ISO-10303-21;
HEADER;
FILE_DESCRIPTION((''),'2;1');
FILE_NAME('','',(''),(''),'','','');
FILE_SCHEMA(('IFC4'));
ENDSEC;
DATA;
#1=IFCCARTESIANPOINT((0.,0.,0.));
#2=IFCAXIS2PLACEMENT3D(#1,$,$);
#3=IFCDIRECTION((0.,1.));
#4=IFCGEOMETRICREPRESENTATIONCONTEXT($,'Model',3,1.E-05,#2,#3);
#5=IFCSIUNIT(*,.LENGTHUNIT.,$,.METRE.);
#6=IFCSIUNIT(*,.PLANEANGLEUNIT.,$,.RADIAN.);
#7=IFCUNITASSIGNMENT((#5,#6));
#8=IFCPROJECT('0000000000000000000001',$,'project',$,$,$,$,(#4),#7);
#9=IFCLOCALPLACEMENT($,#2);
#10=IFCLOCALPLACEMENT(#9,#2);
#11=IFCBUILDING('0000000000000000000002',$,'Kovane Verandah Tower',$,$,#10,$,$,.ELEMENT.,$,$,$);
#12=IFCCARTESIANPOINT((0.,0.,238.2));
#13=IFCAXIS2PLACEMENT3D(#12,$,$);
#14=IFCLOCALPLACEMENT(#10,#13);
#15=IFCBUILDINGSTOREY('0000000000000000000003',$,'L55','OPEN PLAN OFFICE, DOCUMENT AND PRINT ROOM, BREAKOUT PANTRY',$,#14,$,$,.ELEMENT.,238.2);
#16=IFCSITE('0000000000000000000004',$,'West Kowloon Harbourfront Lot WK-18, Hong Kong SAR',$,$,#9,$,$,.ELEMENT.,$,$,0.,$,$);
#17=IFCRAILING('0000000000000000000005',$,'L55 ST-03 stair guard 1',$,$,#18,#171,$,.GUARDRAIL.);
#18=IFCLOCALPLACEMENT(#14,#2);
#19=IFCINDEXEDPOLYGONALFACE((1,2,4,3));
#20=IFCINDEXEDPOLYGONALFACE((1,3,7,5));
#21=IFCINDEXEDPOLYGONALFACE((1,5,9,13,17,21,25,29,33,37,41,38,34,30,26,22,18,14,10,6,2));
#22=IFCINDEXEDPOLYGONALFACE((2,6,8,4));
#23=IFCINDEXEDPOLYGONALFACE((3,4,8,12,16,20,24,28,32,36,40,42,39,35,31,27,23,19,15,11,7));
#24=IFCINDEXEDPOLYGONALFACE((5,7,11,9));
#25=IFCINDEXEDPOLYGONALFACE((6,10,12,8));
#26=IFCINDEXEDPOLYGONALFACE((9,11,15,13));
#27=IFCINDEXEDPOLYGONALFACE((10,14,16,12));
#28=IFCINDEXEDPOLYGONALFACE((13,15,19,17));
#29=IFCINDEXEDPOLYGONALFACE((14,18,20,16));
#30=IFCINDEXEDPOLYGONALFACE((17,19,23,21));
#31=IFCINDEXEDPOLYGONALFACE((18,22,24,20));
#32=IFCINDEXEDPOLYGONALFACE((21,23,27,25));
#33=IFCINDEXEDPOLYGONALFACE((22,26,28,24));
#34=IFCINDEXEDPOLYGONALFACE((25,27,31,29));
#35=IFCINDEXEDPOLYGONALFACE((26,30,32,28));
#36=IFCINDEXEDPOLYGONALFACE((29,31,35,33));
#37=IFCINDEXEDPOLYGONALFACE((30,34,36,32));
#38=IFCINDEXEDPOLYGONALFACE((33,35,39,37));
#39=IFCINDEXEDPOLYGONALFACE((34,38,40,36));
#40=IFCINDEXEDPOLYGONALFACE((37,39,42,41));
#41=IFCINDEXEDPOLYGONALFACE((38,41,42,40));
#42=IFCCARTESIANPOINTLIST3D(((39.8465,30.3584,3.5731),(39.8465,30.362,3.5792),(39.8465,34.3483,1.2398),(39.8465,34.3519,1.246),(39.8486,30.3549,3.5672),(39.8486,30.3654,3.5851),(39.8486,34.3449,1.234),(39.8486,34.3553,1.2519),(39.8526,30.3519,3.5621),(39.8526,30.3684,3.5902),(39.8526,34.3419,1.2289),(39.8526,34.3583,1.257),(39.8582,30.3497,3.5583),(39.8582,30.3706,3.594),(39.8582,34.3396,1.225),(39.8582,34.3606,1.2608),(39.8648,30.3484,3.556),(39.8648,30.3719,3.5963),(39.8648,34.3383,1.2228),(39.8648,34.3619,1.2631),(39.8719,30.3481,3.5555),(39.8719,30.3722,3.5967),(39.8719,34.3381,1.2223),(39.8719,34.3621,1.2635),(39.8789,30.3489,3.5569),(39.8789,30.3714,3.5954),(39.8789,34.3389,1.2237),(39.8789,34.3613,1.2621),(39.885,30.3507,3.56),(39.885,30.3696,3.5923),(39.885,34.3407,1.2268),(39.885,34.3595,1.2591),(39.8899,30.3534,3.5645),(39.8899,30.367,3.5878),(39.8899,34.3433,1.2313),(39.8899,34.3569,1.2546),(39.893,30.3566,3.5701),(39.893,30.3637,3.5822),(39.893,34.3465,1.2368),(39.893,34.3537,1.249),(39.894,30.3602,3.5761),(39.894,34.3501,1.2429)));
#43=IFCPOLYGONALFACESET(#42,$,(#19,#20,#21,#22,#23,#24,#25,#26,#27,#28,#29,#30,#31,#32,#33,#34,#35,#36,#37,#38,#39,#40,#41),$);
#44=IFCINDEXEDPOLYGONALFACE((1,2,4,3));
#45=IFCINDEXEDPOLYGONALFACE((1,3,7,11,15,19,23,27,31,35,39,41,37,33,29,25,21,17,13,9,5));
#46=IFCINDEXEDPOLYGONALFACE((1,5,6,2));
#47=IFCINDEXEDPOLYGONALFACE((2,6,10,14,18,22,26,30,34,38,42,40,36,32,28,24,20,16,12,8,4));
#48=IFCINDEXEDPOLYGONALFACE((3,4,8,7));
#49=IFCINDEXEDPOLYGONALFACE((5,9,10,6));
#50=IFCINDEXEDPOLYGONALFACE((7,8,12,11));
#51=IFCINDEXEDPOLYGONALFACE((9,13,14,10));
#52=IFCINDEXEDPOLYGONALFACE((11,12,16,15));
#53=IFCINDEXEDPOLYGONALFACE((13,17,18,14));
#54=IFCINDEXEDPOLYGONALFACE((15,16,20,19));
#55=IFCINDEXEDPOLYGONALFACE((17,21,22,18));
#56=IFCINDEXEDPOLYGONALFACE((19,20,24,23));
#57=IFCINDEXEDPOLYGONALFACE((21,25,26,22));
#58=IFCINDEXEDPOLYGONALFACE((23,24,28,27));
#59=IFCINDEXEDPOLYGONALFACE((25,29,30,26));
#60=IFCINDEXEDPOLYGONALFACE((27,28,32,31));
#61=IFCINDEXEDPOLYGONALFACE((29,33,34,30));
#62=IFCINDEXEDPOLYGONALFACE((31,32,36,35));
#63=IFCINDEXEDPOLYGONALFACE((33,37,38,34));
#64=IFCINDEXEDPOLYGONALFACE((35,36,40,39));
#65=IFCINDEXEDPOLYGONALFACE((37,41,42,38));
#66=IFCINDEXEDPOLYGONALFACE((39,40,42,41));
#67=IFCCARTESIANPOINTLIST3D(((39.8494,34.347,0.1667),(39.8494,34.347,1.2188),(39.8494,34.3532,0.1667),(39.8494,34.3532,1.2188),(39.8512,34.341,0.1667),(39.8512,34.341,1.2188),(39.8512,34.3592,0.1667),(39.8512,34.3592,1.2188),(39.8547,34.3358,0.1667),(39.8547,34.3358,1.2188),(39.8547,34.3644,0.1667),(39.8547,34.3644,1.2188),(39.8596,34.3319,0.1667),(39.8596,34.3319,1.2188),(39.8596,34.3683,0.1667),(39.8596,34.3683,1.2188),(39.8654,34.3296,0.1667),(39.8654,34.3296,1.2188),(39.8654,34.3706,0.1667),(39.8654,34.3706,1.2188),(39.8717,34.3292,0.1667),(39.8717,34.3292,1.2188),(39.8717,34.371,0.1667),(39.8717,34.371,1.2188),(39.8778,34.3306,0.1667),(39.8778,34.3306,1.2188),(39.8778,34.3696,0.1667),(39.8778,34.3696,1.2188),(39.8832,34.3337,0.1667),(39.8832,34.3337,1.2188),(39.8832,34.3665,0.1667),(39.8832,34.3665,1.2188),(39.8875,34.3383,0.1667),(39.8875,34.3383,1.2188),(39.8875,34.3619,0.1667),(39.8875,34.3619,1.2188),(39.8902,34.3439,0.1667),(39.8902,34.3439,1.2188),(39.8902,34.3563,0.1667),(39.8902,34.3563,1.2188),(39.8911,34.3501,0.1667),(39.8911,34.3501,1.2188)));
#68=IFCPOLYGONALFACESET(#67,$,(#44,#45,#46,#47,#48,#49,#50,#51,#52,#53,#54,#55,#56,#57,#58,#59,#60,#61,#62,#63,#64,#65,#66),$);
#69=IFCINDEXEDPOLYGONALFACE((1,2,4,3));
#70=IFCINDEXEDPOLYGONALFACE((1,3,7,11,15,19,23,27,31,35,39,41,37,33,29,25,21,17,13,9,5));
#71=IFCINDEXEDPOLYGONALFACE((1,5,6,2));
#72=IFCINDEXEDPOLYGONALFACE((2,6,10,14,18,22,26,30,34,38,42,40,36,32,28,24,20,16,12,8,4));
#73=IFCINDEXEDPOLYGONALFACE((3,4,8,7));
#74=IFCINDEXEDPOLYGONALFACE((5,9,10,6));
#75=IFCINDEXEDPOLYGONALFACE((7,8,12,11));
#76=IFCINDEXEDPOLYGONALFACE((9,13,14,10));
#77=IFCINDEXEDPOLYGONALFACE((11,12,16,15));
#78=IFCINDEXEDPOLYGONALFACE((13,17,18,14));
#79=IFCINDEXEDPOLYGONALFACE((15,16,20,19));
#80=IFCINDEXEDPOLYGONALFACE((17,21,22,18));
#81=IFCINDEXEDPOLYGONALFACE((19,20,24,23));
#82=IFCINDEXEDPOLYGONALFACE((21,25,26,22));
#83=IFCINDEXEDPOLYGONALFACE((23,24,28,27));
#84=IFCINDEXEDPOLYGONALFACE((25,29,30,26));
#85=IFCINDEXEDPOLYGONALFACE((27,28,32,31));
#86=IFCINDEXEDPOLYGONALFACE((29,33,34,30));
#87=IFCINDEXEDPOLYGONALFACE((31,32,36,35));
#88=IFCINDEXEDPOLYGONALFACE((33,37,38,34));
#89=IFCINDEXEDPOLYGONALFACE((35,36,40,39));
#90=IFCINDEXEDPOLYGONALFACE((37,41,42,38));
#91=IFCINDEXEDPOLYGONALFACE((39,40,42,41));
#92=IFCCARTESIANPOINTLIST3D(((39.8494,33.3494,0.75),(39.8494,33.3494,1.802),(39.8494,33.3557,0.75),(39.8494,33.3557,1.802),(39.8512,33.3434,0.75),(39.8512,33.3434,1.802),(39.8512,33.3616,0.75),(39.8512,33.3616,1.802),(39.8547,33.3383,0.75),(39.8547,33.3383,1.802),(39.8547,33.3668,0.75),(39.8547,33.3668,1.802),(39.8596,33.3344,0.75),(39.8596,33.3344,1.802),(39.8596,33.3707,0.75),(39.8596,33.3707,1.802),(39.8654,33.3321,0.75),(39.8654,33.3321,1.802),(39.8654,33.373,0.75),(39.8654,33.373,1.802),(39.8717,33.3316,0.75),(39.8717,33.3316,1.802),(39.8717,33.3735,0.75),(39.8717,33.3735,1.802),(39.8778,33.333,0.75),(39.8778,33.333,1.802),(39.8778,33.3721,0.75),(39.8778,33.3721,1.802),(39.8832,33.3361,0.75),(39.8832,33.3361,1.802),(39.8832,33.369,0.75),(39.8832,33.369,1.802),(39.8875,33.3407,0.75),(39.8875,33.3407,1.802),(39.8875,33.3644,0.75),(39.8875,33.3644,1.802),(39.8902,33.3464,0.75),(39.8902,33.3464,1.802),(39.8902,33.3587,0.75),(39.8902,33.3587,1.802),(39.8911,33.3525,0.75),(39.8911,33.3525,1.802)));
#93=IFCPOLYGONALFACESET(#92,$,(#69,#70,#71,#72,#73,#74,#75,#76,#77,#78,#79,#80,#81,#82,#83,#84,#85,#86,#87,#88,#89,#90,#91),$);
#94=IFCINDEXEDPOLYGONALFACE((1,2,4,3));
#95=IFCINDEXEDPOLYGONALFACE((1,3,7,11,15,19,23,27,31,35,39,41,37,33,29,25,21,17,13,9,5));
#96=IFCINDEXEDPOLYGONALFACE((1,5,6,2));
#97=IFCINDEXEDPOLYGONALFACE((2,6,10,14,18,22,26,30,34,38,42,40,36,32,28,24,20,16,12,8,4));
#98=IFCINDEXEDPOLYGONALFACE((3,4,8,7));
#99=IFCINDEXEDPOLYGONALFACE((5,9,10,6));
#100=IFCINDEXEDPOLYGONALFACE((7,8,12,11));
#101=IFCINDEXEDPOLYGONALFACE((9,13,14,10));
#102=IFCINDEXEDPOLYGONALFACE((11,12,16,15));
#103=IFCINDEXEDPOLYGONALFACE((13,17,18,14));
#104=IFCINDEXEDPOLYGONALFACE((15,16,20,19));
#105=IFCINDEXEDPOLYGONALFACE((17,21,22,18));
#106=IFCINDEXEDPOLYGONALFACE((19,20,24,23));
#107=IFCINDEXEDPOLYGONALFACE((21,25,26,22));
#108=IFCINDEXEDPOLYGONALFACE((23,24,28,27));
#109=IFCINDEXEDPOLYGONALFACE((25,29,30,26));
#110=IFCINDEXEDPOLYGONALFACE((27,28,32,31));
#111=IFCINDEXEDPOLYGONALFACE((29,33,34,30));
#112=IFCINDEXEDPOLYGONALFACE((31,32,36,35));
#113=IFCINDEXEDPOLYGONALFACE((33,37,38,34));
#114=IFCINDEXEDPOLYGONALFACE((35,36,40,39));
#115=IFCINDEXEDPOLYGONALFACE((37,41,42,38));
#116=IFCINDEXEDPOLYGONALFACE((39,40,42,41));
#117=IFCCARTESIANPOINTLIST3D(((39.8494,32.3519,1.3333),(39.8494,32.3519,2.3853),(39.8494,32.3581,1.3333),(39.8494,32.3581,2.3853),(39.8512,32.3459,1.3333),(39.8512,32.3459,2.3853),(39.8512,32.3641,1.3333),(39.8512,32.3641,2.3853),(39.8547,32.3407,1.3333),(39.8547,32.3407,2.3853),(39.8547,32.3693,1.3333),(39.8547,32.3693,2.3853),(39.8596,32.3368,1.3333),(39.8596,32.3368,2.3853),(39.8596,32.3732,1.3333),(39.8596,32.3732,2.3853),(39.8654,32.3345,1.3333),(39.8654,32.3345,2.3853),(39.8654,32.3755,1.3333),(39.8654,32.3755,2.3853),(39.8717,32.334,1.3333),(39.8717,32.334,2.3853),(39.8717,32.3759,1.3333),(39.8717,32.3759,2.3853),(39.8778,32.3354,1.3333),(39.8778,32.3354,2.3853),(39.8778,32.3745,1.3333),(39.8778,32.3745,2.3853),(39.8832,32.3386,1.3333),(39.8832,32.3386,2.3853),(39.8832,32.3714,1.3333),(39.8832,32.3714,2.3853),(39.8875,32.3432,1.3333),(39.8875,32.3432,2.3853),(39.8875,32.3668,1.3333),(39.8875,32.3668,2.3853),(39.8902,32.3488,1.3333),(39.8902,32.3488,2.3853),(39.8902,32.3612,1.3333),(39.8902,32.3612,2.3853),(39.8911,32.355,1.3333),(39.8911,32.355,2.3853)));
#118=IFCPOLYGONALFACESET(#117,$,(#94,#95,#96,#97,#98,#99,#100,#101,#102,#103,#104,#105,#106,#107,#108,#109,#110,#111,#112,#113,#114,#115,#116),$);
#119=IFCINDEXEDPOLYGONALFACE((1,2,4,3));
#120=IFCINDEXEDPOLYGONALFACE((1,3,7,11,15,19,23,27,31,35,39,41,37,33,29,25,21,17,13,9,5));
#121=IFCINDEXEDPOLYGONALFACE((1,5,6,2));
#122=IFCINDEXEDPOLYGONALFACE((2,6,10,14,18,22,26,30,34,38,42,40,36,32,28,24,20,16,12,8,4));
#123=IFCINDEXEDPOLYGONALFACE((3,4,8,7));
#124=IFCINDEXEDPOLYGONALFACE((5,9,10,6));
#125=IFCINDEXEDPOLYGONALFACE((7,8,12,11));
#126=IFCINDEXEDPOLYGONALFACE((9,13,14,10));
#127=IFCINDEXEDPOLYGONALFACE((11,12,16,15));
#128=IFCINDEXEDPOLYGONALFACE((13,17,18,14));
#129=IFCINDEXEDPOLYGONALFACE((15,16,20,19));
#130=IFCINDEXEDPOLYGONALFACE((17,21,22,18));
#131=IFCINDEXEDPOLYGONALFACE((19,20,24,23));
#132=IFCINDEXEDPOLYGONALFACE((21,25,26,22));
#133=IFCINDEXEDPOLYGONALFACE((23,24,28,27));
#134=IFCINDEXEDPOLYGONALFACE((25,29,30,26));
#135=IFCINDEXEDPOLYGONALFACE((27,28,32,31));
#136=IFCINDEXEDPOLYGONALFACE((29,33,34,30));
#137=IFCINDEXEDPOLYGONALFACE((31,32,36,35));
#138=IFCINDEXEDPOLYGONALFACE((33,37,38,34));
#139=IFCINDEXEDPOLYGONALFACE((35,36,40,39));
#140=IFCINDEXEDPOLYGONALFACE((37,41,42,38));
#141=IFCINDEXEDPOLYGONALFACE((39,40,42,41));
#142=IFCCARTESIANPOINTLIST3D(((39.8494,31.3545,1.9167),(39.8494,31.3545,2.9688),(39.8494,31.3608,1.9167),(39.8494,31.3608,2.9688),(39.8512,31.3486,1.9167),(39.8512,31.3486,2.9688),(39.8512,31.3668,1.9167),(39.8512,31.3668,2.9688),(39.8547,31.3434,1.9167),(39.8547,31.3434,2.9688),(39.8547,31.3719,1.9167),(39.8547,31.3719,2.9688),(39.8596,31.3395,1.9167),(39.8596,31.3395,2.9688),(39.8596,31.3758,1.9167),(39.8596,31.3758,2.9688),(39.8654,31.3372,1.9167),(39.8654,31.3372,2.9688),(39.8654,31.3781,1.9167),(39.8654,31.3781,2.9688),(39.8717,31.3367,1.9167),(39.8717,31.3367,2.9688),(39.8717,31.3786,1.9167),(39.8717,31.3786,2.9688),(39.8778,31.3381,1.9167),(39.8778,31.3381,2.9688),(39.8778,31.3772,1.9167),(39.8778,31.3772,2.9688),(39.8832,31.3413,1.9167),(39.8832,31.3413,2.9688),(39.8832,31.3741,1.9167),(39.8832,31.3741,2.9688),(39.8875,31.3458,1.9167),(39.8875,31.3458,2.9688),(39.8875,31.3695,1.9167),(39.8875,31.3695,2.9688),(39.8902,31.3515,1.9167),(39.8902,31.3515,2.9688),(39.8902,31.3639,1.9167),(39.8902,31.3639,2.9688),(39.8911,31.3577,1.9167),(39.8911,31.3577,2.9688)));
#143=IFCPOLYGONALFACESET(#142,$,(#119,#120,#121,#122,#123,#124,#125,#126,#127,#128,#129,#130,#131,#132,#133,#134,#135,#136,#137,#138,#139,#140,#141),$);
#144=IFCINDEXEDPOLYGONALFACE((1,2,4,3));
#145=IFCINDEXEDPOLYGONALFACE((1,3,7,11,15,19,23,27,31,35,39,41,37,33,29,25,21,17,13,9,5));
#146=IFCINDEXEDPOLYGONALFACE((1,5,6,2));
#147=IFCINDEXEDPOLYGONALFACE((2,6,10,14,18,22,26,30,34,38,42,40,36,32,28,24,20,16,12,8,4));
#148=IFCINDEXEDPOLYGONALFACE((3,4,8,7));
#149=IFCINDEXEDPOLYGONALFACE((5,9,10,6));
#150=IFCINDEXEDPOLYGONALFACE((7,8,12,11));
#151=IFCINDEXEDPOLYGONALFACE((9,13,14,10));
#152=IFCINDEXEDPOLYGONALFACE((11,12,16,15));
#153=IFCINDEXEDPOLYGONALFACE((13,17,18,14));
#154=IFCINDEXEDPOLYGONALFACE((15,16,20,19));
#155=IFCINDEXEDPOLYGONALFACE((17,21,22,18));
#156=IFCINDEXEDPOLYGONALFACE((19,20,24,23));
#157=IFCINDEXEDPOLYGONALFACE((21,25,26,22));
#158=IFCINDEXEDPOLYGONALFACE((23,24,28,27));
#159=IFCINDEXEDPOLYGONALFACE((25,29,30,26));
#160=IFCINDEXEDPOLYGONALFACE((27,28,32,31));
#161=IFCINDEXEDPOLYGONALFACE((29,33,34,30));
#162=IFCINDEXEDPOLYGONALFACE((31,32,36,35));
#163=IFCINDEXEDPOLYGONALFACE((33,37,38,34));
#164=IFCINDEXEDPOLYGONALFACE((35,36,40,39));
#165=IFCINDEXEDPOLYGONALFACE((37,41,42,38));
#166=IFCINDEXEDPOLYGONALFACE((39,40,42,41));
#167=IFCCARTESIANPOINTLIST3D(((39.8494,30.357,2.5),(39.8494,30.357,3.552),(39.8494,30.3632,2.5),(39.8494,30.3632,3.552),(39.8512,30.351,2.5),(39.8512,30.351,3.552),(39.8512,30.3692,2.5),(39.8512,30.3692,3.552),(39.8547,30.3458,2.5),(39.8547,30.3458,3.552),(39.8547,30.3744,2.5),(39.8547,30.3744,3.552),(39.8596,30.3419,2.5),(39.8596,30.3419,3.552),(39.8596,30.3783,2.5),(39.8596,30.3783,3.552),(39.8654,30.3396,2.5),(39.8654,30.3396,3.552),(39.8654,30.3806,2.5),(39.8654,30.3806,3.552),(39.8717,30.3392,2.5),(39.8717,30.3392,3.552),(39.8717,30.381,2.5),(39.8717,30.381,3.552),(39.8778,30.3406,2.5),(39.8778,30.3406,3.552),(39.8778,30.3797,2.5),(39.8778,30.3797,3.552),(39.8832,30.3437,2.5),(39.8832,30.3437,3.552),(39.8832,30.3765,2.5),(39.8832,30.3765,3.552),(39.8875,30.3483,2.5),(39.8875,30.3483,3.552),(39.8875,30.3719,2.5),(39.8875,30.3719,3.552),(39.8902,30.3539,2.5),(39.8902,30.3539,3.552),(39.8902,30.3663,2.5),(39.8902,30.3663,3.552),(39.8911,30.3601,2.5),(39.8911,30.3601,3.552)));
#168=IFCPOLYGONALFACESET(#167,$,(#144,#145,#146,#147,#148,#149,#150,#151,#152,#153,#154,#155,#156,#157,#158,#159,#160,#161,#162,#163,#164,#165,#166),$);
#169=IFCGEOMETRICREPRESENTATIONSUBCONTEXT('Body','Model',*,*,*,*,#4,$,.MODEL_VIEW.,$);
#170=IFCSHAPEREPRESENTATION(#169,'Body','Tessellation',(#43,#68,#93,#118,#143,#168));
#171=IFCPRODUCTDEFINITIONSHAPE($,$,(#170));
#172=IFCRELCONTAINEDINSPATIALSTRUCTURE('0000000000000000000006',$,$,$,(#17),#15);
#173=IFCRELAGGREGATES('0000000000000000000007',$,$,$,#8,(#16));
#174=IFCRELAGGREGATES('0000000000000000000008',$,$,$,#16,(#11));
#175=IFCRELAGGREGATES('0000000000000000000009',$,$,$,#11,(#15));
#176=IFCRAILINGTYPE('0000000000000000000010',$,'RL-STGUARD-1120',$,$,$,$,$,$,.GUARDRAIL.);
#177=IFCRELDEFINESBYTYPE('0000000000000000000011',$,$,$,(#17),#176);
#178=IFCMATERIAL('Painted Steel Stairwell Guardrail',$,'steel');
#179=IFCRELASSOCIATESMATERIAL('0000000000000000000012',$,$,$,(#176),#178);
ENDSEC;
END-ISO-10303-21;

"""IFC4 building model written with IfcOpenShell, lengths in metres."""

from ifc_helpers import new_model, si_unit, direction, frame, origin, origin_2d, place, context, subcontext, project, spatial, circle, extrude, material, type_object, element, save


model = new_model("IFC4")

# Units and contexts
model_context = context("Model", 3, precision=1e-05, world=origin(), true_north=direction((0.0, 1.0)))
body_context = subcontext(model_context, "Body", "Model", "MODEL_VIEW")
ifc_project = project(units=[si_unit("LENGTHUNIT", "METRE"), si_unit("PLANEANGLEUNIT", "RADIAN")], contexts=[model_context])

# Site, building, storey
site_placement = place(None, origin())
site = spatial("IfcSite", under=ifc_project, at=site_placement, Name="West Kowloon Harbourfront Lot WK-18, Hong Kong SAR", CompositionType="ELEMENT", RefElevation=0.0)
building_placement = place(site_placement, origin())
building = spatial("IfcBuilding", under=site, at=building_placement, Name="Kovane Verandah Tower", CompositionType="ELEMENT")
storey_placement = place(building_placement, frame((0.0, 0.0, 238.2)))
storey = spatial("IfcBuildingStorey", under=building, at=storey_placement, Name="L55", Description="OPEN PLAN OFFICE, DOCUMENT AND PRINT ROOM, BREAKOUT PANTRY", CompositionType="ELEMENT", Elevation=238.2)

# Railing
ifc_material_1 = material(Name="Painted Steel Stairwell Guardrail", Category="steel")
railing_type_1 = type_object("IfcRailingType", Name="RL-STGUARD-1120", PredefinedType="GUARDRAIL", material=ifc_material_1)
for number, where, name in (
    (1, (39.8701, 34.3501, 0.1667), "L55 ST-03 stair guard 1"),
):
    element("IfcRailing", number, at=place(storey_placement, frame(where)), inside=storey, type_object=railing_type_1, Name=name, PredefinedType="GUARDRAIL", context=body_context, shape_type="SweptSolid", body=[
        extrude(circle(Radius=0.0239, at=origin_2d()), frame((0.0, 0.0, 1.0762), z_axis=(0.0, -0.863236, 0.5048), x_axis=(1.0, 0.0, 0.0)), (0.0, 0.0, 1.0), 4.6221),
        extrude(circle(Radius=0.021, at=origin_2d()), origin(), (0.0, 0.0, 1.0), 1.052),
        extrude(circle(Radius=0.021, at=origin_2d()), frame((0.0, -0.9976, 0.5833)), (0.0, 0.0, 1.0), 1.052),
        extrude(circle(Radius=0.021, at=origin_2d()), frame((0.0, -1.9951, 1.1665)), (0.0, 0.0, 1.0), 1.052),
        extrude(circle(Radius=0.021, at=origin_2d()), frame((0.0, -2.9924, 1.75)), (0.0, 0.0, 1.0), 1.052),
        extrude(circle(Radius=0.021, at=origin_2d()), frame((0.0, -3.99, 2.3333)), (0.0, 0.0, 1.0), 1.052),
    ])

save(model, "model.ifc")
